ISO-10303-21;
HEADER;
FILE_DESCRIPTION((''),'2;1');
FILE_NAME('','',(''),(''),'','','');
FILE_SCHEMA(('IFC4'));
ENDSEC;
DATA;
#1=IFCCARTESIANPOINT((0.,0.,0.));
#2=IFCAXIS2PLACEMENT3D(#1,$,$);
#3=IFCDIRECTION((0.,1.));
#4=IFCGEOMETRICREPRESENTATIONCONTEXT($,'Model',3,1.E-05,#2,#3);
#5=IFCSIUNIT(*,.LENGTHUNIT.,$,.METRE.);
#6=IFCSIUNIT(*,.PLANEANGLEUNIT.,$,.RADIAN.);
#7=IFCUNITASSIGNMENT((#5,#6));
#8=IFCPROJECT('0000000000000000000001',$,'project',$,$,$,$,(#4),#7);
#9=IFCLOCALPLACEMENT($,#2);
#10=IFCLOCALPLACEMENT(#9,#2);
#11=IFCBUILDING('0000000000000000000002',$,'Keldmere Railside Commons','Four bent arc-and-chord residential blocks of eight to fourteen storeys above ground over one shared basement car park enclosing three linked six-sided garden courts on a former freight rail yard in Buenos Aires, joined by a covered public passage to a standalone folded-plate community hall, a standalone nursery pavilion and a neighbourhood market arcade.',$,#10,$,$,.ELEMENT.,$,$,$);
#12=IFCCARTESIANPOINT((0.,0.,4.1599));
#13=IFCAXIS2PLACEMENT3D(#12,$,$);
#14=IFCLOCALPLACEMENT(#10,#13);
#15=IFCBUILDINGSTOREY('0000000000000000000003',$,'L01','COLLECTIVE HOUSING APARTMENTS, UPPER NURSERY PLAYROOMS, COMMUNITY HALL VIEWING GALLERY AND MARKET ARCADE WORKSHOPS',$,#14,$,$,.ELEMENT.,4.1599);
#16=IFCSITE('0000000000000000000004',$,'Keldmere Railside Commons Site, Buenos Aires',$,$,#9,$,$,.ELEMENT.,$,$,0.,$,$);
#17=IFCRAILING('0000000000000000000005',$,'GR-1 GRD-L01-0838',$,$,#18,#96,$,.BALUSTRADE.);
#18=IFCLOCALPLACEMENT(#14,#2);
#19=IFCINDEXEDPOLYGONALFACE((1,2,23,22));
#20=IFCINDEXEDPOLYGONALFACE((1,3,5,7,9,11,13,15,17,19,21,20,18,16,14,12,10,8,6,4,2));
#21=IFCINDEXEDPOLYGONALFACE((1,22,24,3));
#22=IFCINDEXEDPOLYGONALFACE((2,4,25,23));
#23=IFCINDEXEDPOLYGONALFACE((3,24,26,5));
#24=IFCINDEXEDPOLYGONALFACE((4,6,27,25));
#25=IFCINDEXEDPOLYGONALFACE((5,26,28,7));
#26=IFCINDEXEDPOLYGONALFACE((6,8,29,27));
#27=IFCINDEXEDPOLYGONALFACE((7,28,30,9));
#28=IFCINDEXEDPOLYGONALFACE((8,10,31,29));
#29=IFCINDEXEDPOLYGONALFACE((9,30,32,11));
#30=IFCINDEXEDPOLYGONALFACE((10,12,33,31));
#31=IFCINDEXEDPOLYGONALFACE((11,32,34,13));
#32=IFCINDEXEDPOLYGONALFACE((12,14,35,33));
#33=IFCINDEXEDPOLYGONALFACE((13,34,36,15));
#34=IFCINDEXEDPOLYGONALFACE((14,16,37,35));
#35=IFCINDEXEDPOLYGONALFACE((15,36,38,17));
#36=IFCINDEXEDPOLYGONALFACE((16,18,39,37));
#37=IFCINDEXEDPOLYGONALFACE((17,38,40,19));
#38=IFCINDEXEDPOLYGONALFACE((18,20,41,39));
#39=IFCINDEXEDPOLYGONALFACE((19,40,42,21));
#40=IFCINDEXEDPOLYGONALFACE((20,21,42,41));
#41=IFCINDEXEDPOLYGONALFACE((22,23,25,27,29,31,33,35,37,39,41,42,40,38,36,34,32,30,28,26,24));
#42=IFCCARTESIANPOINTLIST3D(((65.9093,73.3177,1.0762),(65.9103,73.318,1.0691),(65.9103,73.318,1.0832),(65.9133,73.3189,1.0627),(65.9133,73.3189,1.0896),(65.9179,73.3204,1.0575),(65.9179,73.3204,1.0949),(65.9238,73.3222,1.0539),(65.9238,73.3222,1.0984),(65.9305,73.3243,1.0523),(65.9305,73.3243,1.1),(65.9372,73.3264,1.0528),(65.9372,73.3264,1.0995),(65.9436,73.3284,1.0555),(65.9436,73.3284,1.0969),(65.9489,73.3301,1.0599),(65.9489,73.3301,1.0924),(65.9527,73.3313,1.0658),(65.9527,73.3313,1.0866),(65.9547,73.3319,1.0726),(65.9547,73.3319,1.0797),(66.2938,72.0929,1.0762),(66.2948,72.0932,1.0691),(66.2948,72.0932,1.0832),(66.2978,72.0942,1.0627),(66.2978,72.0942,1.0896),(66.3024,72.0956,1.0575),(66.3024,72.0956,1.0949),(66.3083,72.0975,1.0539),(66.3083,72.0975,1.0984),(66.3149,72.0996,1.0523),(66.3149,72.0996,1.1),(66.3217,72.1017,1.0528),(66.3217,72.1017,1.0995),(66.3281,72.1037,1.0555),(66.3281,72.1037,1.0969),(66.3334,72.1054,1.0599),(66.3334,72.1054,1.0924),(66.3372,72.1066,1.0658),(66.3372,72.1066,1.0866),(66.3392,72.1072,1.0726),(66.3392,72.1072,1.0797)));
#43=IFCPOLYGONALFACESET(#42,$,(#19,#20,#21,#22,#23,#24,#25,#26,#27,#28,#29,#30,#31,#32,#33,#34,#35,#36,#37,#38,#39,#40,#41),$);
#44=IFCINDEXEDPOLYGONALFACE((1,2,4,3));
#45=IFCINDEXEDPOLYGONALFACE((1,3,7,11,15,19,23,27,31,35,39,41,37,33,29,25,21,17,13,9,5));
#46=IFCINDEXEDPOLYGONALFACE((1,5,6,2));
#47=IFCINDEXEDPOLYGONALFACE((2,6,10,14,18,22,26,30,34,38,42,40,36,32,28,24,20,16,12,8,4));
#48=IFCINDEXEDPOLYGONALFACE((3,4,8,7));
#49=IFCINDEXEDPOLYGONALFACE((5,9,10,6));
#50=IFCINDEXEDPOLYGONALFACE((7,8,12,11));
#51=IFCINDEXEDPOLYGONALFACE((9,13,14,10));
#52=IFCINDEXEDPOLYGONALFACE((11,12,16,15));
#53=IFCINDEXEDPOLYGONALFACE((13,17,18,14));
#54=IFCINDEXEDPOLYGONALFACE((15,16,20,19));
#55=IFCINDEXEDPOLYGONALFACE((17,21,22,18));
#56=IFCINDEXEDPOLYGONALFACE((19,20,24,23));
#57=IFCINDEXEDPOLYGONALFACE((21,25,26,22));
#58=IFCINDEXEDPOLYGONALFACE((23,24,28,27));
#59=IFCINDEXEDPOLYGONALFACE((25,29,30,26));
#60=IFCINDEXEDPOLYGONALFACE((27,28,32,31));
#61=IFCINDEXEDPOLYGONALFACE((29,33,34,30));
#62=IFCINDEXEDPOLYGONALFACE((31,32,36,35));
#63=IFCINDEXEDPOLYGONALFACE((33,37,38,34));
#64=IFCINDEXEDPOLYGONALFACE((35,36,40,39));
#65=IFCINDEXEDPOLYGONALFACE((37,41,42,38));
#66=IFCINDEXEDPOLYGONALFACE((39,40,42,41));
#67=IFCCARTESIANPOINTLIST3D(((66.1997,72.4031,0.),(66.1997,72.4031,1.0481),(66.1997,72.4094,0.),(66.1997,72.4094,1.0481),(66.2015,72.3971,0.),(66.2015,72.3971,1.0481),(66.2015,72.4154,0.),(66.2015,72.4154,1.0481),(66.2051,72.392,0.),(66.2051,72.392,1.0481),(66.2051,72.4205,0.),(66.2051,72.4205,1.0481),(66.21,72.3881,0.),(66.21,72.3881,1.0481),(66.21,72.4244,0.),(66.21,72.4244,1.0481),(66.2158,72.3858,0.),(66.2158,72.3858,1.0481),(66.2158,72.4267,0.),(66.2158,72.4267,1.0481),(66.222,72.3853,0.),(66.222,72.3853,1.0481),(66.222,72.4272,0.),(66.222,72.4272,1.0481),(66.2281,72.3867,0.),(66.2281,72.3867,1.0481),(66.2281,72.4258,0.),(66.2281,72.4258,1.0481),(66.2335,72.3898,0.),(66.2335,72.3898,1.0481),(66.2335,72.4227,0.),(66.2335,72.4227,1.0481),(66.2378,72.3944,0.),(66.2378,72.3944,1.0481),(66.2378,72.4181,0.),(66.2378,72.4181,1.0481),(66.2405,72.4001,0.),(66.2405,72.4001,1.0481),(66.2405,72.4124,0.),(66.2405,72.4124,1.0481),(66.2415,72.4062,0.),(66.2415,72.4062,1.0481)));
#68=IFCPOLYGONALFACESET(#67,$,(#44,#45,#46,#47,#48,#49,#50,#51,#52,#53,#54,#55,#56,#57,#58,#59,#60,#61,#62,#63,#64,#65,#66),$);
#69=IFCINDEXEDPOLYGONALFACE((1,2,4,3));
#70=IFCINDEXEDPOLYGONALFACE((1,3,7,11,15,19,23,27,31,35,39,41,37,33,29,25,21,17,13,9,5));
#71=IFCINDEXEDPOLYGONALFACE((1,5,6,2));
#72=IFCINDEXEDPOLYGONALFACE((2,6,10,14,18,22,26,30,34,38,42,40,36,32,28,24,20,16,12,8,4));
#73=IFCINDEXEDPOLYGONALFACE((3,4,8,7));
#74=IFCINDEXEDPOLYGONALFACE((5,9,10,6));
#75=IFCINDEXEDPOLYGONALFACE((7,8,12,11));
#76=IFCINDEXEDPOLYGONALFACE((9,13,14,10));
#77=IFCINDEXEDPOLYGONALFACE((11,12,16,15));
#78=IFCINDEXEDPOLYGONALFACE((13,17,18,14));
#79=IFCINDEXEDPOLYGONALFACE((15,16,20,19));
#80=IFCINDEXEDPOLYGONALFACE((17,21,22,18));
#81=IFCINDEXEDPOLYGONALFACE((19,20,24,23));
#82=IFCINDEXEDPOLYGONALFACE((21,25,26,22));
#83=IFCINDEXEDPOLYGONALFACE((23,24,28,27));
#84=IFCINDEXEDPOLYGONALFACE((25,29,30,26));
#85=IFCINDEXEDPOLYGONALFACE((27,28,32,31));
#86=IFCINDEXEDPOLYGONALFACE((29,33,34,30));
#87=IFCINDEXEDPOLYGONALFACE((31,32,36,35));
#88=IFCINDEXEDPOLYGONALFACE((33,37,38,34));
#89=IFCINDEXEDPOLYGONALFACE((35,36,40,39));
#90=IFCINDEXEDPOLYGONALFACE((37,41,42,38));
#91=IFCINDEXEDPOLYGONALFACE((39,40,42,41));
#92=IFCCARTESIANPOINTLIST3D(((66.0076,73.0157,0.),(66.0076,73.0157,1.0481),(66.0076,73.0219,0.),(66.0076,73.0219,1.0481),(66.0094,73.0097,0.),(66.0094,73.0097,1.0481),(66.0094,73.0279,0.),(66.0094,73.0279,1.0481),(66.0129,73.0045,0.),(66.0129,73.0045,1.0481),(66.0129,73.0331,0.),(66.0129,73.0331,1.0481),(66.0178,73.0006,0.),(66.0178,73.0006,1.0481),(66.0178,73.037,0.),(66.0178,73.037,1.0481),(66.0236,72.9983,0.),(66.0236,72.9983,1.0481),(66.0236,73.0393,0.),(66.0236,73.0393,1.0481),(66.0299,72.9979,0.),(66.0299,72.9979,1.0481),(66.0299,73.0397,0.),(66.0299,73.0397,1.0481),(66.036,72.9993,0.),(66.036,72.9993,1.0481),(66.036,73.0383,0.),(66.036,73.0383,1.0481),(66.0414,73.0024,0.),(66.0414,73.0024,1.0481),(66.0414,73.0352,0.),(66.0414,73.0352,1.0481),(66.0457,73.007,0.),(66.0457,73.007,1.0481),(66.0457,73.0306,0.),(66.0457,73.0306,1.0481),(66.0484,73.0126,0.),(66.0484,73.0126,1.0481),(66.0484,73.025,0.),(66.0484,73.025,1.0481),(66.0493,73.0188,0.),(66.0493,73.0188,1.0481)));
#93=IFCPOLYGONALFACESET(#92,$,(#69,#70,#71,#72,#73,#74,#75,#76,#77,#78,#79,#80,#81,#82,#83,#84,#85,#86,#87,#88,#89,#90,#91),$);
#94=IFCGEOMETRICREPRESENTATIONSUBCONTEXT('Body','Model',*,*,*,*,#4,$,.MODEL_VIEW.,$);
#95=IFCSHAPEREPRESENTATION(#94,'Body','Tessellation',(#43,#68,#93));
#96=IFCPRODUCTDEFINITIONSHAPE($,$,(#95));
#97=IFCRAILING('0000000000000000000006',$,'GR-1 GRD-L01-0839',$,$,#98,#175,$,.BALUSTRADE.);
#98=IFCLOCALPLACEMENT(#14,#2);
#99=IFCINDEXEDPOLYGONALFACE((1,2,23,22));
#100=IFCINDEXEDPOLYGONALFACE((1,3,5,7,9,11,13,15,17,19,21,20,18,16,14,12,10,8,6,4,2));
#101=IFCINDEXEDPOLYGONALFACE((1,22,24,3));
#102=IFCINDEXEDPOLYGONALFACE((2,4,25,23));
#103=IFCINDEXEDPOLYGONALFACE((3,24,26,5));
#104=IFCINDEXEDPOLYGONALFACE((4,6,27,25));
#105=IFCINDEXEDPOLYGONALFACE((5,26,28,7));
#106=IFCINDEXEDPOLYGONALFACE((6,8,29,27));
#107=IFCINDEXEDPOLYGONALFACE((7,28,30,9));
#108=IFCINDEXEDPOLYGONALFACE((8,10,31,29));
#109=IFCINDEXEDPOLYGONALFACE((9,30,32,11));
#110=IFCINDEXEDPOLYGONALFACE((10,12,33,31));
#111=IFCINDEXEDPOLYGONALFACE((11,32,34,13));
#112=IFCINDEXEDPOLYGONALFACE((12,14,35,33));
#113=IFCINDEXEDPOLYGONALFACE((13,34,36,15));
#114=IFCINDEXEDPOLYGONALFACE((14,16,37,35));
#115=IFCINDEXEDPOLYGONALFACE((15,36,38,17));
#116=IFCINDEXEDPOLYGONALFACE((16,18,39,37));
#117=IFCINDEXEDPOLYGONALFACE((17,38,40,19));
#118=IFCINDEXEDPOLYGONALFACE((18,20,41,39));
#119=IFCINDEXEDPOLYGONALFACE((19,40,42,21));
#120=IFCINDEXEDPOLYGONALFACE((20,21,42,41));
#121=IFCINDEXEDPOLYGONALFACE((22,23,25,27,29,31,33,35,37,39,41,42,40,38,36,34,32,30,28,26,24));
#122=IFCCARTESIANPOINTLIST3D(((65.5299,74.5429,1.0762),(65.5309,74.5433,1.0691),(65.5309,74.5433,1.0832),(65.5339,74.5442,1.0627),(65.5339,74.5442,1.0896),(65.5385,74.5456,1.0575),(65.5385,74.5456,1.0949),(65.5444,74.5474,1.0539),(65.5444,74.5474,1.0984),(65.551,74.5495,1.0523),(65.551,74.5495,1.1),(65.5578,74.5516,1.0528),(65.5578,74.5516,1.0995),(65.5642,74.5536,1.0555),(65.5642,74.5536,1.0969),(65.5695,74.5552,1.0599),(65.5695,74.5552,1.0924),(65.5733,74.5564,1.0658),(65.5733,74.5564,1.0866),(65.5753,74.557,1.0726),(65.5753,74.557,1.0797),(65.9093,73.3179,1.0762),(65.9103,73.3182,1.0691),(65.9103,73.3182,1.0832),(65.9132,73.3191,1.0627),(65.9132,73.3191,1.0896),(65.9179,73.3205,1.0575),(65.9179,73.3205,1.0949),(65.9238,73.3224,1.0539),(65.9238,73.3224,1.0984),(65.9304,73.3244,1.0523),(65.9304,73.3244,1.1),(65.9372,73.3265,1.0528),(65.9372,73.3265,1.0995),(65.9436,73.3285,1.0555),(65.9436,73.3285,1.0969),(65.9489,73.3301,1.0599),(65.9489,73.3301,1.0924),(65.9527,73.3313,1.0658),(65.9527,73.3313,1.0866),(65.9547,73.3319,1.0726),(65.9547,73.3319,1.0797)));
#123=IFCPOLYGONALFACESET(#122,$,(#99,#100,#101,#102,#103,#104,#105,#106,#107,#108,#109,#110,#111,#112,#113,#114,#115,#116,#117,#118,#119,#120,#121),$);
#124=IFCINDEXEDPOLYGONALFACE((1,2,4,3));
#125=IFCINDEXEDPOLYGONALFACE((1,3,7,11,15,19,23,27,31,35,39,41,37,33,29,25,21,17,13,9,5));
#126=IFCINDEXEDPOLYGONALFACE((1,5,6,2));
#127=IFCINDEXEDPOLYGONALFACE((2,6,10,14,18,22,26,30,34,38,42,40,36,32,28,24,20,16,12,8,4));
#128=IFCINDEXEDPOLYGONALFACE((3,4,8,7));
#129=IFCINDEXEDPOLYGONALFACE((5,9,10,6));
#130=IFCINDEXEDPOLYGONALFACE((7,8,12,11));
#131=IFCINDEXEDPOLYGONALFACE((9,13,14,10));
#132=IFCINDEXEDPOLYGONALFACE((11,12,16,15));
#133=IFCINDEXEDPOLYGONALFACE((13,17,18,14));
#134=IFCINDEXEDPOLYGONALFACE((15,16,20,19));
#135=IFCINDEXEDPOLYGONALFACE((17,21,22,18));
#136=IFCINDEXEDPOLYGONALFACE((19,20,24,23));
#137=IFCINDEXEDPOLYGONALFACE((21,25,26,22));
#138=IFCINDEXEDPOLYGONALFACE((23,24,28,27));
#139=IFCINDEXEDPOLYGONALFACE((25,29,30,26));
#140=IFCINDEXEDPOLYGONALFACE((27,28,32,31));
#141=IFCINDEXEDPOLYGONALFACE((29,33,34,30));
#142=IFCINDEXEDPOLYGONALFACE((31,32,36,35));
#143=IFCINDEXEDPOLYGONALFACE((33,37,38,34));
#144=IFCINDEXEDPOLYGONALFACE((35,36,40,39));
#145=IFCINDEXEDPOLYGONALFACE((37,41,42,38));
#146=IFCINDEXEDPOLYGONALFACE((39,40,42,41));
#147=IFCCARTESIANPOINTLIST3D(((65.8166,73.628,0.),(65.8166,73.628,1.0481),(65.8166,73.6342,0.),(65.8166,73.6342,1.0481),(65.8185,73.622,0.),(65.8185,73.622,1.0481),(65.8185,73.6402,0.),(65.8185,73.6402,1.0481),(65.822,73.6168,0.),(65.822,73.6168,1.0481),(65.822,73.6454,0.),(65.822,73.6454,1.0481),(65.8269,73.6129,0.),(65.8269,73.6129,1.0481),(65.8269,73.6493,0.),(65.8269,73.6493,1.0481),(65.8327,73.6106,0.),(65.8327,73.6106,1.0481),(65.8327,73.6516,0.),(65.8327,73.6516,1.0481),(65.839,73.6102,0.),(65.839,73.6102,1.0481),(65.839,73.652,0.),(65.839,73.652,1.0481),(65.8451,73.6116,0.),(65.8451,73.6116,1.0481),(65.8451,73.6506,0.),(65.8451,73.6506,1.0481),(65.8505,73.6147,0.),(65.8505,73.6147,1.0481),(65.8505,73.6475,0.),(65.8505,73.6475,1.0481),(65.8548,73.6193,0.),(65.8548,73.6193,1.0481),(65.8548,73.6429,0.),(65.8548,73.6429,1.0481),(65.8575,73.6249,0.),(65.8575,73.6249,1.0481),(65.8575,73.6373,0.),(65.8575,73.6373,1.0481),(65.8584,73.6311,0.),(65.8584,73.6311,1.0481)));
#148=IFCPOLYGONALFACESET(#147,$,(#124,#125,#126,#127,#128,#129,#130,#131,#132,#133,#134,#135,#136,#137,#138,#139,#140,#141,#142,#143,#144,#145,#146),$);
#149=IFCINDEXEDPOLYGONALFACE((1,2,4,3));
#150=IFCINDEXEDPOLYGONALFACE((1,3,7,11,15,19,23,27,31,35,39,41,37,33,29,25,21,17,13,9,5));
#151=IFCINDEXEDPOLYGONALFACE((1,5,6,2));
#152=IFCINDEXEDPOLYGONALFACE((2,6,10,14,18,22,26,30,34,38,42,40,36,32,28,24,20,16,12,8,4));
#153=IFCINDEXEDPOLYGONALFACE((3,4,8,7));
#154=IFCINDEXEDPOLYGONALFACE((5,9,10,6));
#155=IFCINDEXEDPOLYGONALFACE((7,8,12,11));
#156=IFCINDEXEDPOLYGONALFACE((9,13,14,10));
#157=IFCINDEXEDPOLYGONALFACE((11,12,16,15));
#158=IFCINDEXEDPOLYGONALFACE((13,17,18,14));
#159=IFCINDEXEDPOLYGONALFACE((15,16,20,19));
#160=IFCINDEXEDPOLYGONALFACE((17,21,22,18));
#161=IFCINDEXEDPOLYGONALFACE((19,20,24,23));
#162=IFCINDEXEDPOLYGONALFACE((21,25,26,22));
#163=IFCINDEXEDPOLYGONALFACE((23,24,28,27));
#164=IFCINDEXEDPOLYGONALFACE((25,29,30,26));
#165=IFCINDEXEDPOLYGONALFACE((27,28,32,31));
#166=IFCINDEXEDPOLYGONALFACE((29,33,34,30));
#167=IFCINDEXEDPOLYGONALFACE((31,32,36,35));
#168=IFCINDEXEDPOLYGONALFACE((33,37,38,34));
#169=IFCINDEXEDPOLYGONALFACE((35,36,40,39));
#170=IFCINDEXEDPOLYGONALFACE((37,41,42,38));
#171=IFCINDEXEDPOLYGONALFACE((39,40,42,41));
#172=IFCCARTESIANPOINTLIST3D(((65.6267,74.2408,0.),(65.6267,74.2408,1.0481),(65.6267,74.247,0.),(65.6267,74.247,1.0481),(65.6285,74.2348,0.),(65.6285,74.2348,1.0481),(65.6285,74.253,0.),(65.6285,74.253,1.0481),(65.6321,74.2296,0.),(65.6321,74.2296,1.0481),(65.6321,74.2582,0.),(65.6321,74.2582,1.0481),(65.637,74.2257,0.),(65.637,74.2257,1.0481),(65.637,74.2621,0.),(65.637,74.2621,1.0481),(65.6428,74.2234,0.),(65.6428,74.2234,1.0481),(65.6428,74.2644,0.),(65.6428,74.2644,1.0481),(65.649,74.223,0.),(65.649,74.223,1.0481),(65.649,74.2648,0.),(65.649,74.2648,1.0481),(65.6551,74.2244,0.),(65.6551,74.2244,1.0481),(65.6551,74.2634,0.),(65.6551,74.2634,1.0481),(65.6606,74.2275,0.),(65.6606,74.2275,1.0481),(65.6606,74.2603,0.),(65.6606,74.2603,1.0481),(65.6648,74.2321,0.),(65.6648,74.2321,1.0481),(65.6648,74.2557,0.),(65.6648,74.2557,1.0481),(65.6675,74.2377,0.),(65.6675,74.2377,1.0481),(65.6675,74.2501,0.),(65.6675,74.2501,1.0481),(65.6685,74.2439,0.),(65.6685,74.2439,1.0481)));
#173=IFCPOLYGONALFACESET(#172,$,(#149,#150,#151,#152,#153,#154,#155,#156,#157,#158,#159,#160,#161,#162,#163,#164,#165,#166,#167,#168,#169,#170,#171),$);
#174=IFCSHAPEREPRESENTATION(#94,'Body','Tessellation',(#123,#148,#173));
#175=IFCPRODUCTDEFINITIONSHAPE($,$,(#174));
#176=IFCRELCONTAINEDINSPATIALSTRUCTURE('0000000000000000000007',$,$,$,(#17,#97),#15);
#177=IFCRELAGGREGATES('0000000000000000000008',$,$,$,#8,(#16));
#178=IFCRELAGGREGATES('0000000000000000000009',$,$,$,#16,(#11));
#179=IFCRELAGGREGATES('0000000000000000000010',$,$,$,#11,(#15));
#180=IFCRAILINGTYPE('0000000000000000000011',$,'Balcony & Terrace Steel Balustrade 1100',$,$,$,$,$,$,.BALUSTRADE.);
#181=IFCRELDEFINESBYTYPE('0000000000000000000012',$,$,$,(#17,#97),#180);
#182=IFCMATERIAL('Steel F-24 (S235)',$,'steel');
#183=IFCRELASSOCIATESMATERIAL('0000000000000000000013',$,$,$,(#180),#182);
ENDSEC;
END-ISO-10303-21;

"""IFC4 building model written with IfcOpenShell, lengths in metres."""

from ifc_helpers import new_model, si_unit, direction, frame, origin, origin_2d, place, context, subcontext, project, spatial, circle, extrude, material, type_object, element, save


model = new_model("IFC4")

# Units and contexts
model_context = context("Model", 3, precision=1e-05, world=origin(), true_north=direction((0.0, 1.0)))
body_context = subcontext(model_context, "Body", "Model", "MODEL_VIEW")
ifc_project = project(units=[si_unit("LENGTHUNIT", "METRE"), si_unit("PLANEANGLEUNIT", "RADIAN")], contexts=[model_context])

# Site, building, storey
site_placement = place(None, origin())
site = spatial("IfcSite", under=ifc_project, at=site_placement, Name="Keldmere Railside Commons Site, Buenos Aires", CompositionType="ELEMENT", RefElevation=0.0)
building_placement = place(site_placement, origin())
building = spatial("IfcBuilding", under=site, at=building_placement, Name="Keldmere Railside Commons", Description="Four bent arc-and-chord residential blocks of eight to fourteen storeys above ground over one shared basement car park enclosing three linked six-sided garden courts on a former freight rail yard in Buenos Aires, joined by a covered public passage to a standalone folded-plate community hall, a standalone nursery pavilion and a neighbourhood market arcade.", CompositionType="ELEMENT")
storey_placement = place(building_placement, frame((0.0, 0.0, 4.1599)))
storey = spatial("IfcBuildingStorey", under=building, at=storey_placement, Name="L01", Description="COLLECTIVE HOUSING APARTMENTS, UPPER NURSERY PLAYROOMS, COMMUNITY HALL VIEWING GALLERY AND MARKET ARCADE WORKSHOPS", CompositionType="ELEMENT", Elevation=4.1599)

# Railings
ifc_material_1 = material(Name="Steel F-24 (S235)", Category="steel")
railing_type = type_object("IfcRailingType", Name="Balcony & Terrace Steel Balustrade 1100", PredefinedType="BALUSTRADE", material=ifc_material_1)
railing_1_placement = place(storey_placement, frame((66.3167, 72.1001, 0.0)))
element("IfcRailing", 1, at=railing_1_placement, inside=storey, type_object=railing_type, Name="GR-1 GRD-L01-0838", PredefinedType="BALUSTRADE", context=body_context, shape_type="SweptSolid", body=[
    extrude(circle(Radius=0.0239, at=origin_2d()), frame((0.0, 0.0, 1.0762), z_axis=(-0.29952, 0.95409, 0.0), x_axis=(-0.95409, -0.29952, 0.0)), (0.0, 0.0, 1.0), 1.2837),
    extrude(circle(Radius=0.021, at=origin_2d()), frame((-0.0962, 0.3062, 0.0)), (0.0, 0.0, 1.0), 1.0481),
    extrude(circle(Radius=0.021, at=origin_2d()), frame((-0.2883, 0.9187, 0.0)), (0.0, 0.0, 1.0), 1.0481),
])
railing_2_placement = place(storey_placement, frame((65.9321, 73.325, 0.0)))
element("IfcRailing", 2, at=railing_2_placement, inside=storey, type_object=railing_type, Name="GR-1 GRD-L01-0839", PredefinedType="BALUSTRADE", context=body_context, shape_type="SweptSolid", body=[
    extrude(circle(Radius=0.0239, at=origin_2d()), frame((0.0, 0.0, 1.0762), z_axis=(-0.295824, 0.955242, 0.0), x_axis=(-0.955242, -0.295824, 0.0)), (0.0, 0.0, 1.0), 1.2825),
    extrude(circle(Radius=0.021, at=origin_2d()), frame((-0.0947, 0.3062, 0.0)), (0.0, 0.0, 1.0), 1.0481),
    extrude(circle(Radius=0.021, at=origin_2d()), frame((-0.2847, 0.9189, 0.0)), (0.0, 0.0, 1.0), 1.0481),
])

save(model, "model.ifc")
